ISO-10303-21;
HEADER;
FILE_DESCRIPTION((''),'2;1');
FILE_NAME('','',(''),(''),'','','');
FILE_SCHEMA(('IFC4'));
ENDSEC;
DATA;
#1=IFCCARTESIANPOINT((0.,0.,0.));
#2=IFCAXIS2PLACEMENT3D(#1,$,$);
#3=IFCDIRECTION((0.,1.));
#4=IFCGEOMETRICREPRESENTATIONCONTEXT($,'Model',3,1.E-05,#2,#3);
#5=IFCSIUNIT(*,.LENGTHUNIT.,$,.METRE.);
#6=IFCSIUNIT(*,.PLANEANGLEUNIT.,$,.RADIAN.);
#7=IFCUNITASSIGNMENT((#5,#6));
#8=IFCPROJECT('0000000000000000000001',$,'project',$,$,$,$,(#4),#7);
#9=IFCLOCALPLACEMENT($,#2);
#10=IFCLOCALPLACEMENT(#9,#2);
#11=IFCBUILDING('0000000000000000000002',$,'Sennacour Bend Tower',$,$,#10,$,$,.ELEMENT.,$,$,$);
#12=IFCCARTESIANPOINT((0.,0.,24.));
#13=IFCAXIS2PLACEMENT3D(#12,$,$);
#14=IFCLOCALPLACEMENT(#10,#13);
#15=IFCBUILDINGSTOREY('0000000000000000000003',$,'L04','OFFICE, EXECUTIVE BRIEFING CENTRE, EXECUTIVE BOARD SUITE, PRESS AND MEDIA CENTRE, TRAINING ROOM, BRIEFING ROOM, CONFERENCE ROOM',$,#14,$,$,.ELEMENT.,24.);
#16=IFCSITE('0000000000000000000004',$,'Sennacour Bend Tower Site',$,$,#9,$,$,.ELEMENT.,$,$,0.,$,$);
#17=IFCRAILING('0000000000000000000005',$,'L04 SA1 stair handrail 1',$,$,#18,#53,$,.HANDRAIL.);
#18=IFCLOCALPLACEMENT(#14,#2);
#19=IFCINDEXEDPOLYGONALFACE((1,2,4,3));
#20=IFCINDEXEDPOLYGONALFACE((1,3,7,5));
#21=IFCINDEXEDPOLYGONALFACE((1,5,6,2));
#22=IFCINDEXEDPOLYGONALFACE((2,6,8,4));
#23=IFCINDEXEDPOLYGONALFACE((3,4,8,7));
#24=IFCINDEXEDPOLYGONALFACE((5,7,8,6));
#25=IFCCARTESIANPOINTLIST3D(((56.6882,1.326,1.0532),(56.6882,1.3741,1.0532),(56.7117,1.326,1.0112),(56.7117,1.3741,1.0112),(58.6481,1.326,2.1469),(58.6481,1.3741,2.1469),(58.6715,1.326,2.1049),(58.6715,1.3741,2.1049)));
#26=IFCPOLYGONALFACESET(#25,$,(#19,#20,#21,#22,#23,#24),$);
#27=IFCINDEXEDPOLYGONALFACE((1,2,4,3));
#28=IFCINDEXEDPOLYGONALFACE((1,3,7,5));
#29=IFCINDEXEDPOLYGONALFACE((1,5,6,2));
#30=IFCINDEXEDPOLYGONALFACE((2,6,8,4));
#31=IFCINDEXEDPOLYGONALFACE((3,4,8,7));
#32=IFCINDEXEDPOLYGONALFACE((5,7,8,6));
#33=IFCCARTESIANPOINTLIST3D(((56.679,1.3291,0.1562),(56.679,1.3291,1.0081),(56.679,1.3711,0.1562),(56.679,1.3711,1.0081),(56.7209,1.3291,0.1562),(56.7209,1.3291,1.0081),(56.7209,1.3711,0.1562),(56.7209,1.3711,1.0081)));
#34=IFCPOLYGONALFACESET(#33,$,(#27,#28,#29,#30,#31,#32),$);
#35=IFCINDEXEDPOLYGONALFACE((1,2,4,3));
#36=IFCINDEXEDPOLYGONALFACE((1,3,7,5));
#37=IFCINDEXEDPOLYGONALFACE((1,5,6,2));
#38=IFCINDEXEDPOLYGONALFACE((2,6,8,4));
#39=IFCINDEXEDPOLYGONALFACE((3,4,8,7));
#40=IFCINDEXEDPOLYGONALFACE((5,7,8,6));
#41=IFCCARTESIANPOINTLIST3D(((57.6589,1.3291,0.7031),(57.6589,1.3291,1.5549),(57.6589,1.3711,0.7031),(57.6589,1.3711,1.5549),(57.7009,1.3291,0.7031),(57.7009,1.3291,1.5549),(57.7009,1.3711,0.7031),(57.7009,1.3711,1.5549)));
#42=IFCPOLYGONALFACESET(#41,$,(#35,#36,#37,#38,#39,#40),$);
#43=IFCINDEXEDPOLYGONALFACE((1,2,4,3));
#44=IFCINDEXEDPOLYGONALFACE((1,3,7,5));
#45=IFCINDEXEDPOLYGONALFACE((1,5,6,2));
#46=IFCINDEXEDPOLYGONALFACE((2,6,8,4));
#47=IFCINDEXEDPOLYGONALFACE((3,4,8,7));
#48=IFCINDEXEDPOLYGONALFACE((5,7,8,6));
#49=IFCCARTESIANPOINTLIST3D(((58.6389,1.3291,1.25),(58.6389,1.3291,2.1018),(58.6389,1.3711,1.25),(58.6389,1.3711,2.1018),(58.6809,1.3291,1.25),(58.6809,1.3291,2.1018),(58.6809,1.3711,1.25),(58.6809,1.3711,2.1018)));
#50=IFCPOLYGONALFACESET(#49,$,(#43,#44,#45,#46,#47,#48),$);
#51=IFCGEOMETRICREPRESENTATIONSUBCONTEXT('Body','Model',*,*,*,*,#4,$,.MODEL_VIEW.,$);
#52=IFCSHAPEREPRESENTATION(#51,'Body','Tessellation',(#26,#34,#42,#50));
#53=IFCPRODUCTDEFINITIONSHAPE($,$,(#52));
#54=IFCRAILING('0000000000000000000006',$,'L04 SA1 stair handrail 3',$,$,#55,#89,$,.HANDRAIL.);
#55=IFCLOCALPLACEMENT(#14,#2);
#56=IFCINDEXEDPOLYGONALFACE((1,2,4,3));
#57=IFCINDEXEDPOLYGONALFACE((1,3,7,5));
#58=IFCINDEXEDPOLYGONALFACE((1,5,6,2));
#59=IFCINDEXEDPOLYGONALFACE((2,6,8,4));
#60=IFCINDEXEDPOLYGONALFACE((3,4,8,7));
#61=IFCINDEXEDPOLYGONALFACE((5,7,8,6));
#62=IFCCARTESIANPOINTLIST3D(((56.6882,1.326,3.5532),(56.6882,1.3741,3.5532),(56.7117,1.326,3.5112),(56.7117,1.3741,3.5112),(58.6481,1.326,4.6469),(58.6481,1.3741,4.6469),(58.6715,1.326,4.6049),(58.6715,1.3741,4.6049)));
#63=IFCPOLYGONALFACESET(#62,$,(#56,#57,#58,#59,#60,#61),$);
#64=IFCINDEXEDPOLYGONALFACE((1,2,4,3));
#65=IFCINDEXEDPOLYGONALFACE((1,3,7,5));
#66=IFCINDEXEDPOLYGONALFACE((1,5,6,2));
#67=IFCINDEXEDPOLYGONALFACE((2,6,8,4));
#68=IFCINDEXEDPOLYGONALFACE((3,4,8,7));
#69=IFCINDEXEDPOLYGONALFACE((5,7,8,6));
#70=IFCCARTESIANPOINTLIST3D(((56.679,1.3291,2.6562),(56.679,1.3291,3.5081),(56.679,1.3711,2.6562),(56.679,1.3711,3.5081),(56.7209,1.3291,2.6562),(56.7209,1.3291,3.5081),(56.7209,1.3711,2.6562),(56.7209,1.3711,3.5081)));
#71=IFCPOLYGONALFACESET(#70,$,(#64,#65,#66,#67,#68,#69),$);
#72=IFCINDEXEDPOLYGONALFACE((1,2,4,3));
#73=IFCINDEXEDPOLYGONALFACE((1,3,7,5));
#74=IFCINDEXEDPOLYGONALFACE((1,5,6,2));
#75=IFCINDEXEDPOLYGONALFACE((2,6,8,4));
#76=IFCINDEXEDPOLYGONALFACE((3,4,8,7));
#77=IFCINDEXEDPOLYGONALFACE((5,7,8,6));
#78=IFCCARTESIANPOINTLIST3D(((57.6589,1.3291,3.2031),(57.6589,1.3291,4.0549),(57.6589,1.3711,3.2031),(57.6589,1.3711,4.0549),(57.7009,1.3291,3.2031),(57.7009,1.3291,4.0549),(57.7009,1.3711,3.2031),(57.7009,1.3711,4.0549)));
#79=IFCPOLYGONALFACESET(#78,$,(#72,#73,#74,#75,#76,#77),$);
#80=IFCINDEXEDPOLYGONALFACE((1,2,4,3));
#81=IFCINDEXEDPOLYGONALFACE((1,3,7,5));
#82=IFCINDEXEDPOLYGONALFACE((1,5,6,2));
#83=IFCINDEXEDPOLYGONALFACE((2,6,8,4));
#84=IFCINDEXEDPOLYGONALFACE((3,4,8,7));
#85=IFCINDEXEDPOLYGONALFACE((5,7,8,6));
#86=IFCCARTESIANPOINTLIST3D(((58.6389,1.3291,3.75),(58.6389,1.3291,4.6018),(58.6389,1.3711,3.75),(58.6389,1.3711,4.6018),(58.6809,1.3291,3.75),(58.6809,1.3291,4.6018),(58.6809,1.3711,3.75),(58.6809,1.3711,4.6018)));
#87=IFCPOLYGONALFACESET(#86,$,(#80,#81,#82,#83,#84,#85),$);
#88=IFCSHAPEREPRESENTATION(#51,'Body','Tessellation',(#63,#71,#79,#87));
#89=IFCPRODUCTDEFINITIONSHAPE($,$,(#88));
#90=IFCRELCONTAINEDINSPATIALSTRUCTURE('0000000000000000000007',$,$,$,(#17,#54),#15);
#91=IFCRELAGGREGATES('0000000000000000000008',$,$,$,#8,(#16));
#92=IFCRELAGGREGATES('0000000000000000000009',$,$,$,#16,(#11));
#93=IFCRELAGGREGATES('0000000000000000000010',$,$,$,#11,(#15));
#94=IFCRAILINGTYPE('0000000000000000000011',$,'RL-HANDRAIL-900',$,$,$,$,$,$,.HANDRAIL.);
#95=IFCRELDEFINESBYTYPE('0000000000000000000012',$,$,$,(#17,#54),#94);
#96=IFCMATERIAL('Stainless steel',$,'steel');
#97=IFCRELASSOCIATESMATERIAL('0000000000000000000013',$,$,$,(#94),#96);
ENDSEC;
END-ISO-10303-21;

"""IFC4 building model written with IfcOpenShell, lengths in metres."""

from ifc_helpers import new_model, si_unit, direction, frame, origin, origin_2d, place, context, subcontext, project, spatial, rectangle, extrude, material, type_object, element, save


model = new_model("IFC4")

# Units and contexts
model_context = context("Model", 3, precision=1e-05, world=origin(), true_north=direction((0.0, 1.0)))
body_context = subcontext(model_context, "Body", "Model", "MODEL_VIEW")
ifc_project = project(units=[si_unit("LENGTHUNIT", "METRE"), si_unit("PLANEANGLEUNIT", "RADIAN")], contexts=[model_context])

# Site, building, storey
site_placement = place(None, origin())
site = spatial("IfcSite", under=ifc_project, at=site_placement, Name="Sennacour Bend Tower Site", CompositionType="ELEMENT", RefElevation=0.0)
building_placement = place(site_placement, origin())
building = spatial("IfcBuilding", under=site, at=building_placement, Name="Sennacour Bend Tower", CompositionType="ELEMENT")
storey_placement = place(building_placement, frame((0.0, 0.0, 24.0)))
storey = spatial("IfcBuildingStorey", under=building, at=storey_placement, Name="L04", Description="OFFICE, EXECUTIVE BRIEFING CENTRE, EXECUTIVE BOARD SUITE, PRESS AND MEDIA CENTRE, TRAINING ROOM, BRIEFING ROOM, CONFERENCE ROOM", CompositionType="ELEMENT", Elevation=24.0)

# Shared definitions
ifc_material_1 = material(Name="Stainless steel", Category="steel")

# Railings
railing_type_1 = type_object("IfcRailingType", Name="RL-HANDRAIL-900", PredefinedType="HANDRAIL", material=ifc_material_1)
for number, where, name in (
    (1, (56.7, 1.3501, 0.1562), "L04 SA1 stair handrail 1"),
    (2, (56.7, 1.3501, 2.6562), "L04 SA1 stair handrail 3"),
):
    element("IfcRailing", number, at=place(storey_placement, frame(where)), inside=storey, type_object=railing_type_1, Name=name, PredefinedType="HANDRAIL", context=body_context, shape_type="SweptSolid", body=[
        extrude(rectangle(XDim=0.0481, YDim=0.0481, at=origin_2d()), frame((0.0, 0.0, 0.876), z_axis=(0.873232, 0.0, 0.487304), x_axis=(0.0, 1.0, 0.0)), (0.0, 0.0, 1.0), 2.2444),
        extrude(rectangle(XDim=0.042, YDim=0.042, at=origin_2d()), origin(), (0.0, 0.0, 1.0), 0.8518),
        extrude(rectangle(XDim=0.042, YDim=0.042, at=origin_2d()), frame((0.98, 0.0, 0.5469)), (0.0, 0.0, 1.0), 0.8518),
        extrude(rectangle(XDim=0.042, YDim=0.042, at=origin_2d()), frame((1.96, 0.0, 1.0938)), (0.0, 0.0, 1.0), 0.8518),
    ])

save(model, "model.ifc")
